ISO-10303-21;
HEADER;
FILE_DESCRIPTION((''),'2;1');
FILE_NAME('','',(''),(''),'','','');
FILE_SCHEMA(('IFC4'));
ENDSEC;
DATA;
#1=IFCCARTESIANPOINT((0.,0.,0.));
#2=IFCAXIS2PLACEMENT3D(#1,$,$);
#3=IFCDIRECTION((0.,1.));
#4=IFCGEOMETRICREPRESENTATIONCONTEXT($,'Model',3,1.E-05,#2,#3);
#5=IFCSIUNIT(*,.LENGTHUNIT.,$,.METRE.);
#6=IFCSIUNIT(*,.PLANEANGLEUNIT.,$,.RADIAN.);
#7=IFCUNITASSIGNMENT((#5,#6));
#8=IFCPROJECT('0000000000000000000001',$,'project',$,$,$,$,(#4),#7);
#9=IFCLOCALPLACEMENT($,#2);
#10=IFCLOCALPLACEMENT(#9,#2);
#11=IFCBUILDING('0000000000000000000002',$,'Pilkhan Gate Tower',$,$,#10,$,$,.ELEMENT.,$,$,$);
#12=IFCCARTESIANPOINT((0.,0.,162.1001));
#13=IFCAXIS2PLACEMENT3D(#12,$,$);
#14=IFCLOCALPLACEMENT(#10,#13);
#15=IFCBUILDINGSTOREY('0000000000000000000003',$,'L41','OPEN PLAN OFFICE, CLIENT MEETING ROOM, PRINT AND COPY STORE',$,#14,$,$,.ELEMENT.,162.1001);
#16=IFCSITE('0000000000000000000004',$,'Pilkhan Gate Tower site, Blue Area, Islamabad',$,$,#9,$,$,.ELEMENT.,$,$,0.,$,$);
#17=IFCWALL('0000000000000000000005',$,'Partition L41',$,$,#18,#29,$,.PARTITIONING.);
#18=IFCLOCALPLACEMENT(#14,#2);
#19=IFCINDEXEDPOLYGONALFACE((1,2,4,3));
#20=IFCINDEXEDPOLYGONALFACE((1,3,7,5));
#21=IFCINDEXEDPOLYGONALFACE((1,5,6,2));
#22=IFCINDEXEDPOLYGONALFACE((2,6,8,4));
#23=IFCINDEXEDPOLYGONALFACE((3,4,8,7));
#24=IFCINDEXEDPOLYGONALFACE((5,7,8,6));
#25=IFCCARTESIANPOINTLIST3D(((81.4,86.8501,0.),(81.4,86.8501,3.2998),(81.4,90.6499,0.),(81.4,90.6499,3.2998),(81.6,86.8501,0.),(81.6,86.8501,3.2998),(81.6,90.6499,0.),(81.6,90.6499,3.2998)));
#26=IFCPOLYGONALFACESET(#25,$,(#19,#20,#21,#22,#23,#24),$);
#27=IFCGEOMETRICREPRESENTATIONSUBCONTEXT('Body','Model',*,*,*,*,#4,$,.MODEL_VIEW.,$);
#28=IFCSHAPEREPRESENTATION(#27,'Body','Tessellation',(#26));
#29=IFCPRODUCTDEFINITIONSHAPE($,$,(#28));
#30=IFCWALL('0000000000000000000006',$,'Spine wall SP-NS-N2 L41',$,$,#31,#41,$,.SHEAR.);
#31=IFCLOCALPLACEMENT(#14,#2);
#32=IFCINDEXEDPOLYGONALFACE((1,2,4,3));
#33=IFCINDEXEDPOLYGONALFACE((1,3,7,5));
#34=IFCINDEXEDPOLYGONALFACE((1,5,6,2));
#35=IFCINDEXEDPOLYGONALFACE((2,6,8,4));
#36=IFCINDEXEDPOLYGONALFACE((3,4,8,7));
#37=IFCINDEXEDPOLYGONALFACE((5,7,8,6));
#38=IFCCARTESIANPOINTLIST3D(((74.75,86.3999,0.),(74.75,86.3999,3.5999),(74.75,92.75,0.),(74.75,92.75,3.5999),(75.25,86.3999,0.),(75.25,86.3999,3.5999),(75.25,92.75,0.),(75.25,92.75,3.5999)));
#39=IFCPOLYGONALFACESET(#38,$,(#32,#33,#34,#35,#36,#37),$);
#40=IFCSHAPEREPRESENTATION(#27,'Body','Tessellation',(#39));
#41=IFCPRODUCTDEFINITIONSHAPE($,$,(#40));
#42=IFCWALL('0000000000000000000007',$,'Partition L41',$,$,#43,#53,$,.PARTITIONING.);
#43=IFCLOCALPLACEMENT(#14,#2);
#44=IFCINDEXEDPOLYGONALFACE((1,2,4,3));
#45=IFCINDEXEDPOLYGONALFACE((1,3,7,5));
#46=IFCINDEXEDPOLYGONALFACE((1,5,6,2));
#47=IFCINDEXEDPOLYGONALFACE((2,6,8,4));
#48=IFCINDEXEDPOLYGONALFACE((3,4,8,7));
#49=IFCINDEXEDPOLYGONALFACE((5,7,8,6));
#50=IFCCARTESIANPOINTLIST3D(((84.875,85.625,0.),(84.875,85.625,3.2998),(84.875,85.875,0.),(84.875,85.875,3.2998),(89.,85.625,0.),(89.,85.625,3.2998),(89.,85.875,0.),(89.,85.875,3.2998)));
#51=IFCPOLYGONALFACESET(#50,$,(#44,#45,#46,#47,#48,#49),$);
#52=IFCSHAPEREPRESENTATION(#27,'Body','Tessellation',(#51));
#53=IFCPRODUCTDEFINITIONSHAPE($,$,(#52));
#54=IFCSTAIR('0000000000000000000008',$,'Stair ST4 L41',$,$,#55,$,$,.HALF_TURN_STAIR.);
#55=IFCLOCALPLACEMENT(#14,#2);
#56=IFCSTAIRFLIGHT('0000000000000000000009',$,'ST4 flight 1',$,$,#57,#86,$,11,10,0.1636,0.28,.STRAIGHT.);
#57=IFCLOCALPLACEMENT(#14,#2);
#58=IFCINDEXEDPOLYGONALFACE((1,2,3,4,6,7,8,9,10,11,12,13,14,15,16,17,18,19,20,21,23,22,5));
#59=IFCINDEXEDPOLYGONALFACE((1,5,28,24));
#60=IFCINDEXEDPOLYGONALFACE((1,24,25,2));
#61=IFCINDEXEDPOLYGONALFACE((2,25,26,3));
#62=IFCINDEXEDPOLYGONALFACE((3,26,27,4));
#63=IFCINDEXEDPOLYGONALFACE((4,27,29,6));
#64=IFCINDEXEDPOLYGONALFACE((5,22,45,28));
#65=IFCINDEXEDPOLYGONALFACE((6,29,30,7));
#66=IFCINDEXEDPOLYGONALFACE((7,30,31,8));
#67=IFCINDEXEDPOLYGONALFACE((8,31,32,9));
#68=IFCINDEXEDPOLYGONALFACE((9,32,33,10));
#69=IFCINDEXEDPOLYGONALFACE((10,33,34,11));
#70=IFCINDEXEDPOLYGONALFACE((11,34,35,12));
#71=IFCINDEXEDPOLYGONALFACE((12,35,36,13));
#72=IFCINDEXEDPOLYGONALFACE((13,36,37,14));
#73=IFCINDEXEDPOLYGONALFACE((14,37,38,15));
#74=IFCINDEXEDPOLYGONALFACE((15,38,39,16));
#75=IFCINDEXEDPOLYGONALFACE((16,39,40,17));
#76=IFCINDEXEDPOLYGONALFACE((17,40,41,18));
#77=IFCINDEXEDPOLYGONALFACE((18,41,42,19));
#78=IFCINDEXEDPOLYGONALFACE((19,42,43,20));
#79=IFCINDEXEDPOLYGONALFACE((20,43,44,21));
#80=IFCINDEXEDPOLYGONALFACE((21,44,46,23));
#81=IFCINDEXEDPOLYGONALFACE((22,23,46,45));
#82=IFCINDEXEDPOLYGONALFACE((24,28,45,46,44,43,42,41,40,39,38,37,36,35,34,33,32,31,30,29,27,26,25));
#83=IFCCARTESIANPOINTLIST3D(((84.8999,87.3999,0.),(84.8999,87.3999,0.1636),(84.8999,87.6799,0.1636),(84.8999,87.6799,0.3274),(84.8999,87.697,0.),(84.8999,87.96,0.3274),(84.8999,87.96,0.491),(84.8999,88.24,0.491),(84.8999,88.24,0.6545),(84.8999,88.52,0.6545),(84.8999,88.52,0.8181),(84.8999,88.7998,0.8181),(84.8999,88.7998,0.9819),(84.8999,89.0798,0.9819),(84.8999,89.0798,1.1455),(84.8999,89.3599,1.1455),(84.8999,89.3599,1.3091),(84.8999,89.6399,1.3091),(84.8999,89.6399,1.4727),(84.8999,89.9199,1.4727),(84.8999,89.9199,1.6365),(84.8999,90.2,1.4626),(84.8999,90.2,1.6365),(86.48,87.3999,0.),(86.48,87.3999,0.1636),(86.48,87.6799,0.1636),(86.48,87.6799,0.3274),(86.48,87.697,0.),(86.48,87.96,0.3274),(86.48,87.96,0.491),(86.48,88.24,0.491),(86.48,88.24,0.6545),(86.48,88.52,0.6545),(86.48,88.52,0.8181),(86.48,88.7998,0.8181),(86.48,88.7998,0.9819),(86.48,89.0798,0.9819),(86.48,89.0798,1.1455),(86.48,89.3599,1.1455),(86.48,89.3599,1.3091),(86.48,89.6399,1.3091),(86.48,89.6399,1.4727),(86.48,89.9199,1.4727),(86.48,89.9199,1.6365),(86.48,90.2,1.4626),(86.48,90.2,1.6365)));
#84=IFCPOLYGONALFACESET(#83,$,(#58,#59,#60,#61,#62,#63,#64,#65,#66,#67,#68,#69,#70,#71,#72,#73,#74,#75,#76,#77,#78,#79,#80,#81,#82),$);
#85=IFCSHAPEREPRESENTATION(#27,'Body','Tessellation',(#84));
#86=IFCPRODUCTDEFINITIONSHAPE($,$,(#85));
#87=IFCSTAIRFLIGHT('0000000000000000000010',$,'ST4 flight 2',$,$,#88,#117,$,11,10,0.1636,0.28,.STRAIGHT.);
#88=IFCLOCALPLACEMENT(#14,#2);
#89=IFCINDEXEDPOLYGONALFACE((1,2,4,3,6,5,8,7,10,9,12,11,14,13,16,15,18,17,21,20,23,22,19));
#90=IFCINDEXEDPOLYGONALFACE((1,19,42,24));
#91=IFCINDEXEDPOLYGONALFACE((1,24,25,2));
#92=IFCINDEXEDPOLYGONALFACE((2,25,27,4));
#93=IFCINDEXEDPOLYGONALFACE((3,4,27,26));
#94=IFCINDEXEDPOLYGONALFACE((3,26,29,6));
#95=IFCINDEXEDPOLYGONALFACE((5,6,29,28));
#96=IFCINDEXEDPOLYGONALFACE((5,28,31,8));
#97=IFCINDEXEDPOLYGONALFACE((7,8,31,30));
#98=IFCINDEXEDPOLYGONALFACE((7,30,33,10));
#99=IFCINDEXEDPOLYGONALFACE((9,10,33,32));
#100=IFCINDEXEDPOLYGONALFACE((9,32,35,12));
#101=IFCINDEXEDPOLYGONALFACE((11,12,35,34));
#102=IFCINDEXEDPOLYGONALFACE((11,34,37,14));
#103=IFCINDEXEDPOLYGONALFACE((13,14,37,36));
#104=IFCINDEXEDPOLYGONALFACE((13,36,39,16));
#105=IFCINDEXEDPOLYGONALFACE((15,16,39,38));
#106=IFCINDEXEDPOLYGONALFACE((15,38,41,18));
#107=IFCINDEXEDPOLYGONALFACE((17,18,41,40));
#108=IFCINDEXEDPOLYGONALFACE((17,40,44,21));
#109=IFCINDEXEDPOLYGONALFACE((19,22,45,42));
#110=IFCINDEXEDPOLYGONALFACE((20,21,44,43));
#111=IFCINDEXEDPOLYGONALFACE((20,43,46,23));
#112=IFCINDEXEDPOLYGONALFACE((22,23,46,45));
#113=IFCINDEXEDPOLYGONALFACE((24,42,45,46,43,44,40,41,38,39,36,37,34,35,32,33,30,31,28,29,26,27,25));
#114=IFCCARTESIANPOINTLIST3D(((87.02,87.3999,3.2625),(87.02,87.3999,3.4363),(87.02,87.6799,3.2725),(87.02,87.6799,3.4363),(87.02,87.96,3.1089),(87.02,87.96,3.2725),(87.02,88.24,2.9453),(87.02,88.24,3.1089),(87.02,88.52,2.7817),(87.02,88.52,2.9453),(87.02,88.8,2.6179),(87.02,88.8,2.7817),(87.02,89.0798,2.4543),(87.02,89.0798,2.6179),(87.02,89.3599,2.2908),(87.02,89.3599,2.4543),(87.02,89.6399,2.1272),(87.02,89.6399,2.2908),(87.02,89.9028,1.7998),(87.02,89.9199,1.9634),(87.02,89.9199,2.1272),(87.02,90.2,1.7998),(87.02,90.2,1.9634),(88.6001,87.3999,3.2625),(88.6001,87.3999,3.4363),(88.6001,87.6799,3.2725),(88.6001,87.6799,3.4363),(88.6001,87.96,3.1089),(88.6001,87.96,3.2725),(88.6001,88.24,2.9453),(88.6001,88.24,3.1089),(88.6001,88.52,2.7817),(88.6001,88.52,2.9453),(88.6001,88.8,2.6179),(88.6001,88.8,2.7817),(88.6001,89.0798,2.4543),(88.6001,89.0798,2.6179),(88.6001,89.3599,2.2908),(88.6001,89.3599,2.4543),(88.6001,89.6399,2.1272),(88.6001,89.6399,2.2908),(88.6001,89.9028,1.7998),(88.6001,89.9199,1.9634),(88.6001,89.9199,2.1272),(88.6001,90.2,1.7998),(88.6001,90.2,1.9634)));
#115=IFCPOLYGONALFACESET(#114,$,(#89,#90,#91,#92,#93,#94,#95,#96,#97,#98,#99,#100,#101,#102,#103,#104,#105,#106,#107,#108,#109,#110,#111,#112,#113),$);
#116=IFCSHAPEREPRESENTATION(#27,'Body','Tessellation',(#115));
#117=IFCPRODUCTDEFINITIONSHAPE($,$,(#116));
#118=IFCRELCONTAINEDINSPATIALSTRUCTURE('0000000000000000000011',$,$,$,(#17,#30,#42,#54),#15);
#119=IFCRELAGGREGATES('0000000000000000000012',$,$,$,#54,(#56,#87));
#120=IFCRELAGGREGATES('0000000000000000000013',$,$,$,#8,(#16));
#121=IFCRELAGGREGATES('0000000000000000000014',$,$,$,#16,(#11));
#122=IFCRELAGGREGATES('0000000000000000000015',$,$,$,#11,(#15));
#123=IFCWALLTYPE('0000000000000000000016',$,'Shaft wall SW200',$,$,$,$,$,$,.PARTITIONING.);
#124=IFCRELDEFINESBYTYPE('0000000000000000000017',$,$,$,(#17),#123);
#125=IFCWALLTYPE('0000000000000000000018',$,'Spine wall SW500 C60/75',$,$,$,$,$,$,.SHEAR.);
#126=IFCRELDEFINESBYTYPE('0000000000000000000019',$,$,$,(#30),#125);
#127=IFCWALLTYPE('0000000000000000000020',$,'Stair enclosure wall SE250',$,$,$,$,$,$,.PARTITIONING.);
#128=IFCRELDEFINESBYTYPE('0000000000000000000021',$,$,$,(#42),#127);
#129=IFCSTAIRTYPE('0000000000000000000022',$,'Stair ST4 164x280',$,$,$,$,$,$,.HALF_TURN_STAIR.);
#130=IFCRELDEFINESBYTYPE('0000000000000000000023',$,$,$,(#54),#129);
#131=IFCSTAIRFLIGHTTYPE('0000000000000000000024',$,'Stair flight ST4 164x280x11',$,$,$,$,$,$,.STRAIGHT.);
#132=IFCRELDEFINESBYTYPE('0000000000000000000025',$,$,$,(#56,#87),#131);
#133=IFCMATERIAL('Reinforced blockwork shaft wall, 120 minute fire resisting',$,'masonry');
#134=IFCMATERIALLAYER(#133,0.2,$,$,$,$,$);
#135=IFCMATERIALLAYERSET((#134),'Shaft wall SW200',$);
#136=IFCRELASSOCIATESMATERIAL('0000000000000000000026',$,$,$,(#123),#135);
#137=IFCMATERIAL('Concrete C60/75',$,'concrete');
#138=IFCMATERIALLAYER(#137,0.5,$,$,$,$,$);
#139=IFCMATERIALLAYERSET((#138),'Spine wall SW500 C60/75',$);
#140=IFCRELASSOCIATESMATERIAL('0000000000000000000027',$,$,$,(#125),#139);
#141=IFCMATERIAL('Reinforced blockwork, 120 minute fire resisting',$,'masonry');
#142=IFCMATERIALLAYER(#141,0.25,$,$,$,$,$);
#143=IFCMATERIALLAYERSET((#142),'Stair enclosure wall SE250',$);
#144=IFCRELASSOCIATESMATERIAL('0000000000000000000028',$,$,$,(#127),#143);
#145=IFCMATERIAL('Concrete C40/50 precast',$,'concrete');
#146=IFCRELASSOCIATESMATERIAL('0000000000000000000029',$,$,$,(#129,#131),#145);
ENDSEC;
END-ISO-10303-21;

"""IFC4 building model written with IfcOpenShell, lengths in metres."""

from ifc_helpers import new_model, si_unit, direction, frame, frame_2d, origin, place, context, subcontext, project, spatial, polyline, rectangle, outline, extrude, material, layer, layer_set, type_object, element, aggregate, save


model = new_model("IFC4")

# Units and contexts
model_context = context("Model", 3, precision=1e-05, world=origin(), true_north=direction((0.0, 1.0)))
body_context = subcontext(model_context, "Body", "Model", "MODEL_VIEW")
ifc_project = project(units=[si_unit("LENGTHUNIT", "METRE"), si_unit("PLANEANGLEUNIT", "RADIAN")], contexts=[model_context])

# Site, building, storey
site_placement = place(None, origin())
site = spatial("IfcSite", under=ifc_project, at=site_placement, Name="Pilkhan Gate Tower site, Blue Area, Islamabad", CompositionType="ELEMENT", RefElevation=0.0)
building_placement = place(site_placement, origin())
building = spatial("IfcBuilding", under=site, at=building_placement, Name="Pilkhan Gate Tower", CompositionType="ELEMENT")
storey_placement = place(building_placement, frame((0.0, 0.0, 162.1001)))
storey = spatial("IfcBuildingStorey", under=building, at=storey_placement, Name="L41", Description="OPEN PLAN OFFICE, CLIENT MEETING ROOM, PRINT AND COPY STORE", CompositionType="ELEMENT", Elevation=162.1001)

# Shared definitions
ifc_material_1 = material(Name="Reinforced blockwork shaft wall, 120 minute fire resisting", Category="masonry")
ifc_layer_1 = layer(ifc_material_1, 0.2)
ifc_layer_set_1 = layer_set([ifc_layer_1], Name="Shaft wall SW200")
wall_type_1 = type_object("IfcWallType", Name="Shaft wall SW200", PredefinedType="PARTITIONING", material=ifc_layer_set_1)

# Walls
for number, where, z_axis, x_axis, name in (
    (1, (81.5, 86.8501, 0.0), (0.0, 0.0, 1.0), (0.0, 1.0, 0.0), "Partition L41"),
):
    element("IfcWall", number, at=place(storey_placement, frame(where, z_axis=z_axis, x_axis=x_axis)), inside=storey, type_object=wall_type_1, Name=name, PredefinedType="PARTITIONING", context=body_context, shape_type="SweptSolid", body=[
        extrude(rectangle(XDim=3.7998, YDim=0.2, at=frame_2d((1.8999, 0.0))), origin(), (0.0, 0.0, 1.0), 3.2998),
    ])
ifc_material_2 = material(Name="Concrete C60/75", Category="concrete")
ifc_layer_2 = layer(ifc_material_2, 0.5)
ifc_layer_set_2 = layer_set([ifc_layer_2], Name="Spine wall SW500 C60/75")
wall_type_2 = type_object("IfcWallType", Name="Spine wall SW500 C60/75", PredefinedType="SHEAR", material=ifc_layer_set_2)
wall_1_placement = place(storey_placement, frame((75.0, 86.3999, 0.0), z_axis=(0.0, 0.0, 1.0), x_axis=(0.0, 1.0, 0.0)))
element("IfcWall", 2, at=wall_1_placement, inside=storey, type_object=wall_type_2, Name="Spine wall SP-NS-N2 L41", PredefinedType="SHEAR", context=body_context, shape_type="SweptSolid", body=[
    extrude(rectangle(XDim=6.3501, YDim=0.5, at=frame_2d((3.175, 0.0))), origin(), (0.0, 0.0, 1.0), 3.5999),
])
ifc_material_3 = material(Name="Reinforced blockwork, 120 minute fire resisting", Category="masonry")
ifc_layer_3 = layer(ifc_material_3, 0.25)
ifc_layer_set_3 = layer_set([ifc_layer_3], Name="Stair enclosure wall SE250")
wall_type_3 = type_object("IfcWallType", Name="Stair enclosure wall SE250", PredefinedType="PARTITIONING", material=ifc_layer_set_3)
wall_2_placement = place(storey_placement, frame((84.875, 85.75, 0.0), z_axis=(0.0, 0.0, 1.0), x_axis=(1.0, 0.0, 0.0)))
element("IfcWall", 3, at=wall_2_placement, inside=storey, type_object=wall_type_3, Name="Partition L41", PredefinedType="PARTITIONING", context=body_context, shape_type="SweptSolid", body=[
    extrude(rectangle(XDim=4.125, YDim=0.25, at=frame_2d((2.0625, 0.0))), origin(), (0.0, 0.0, 1.0), 3.2998),
])

# Stair, stair flights
ifc_material_4 = material(Name="Concrete C40/50 precast", Category="concrete")
stair_type = type_object("IfcStairType", Name="Stair ST4 164x280", PredefinedType="HALF_TURN_STAIR", material=ifc_material_4)
stair_placement = place(storey_placement, origin())
stair = element("IfcStair", 4, at=stair_placement, inside=storey, type_object=stair_type, Name="Stair ST4 L41", PredefinedType="HALF_TURN_STAIR")
stair_flight_type = type_object("IfcStairFlightType", Name="Stair flight ST4 164x280x11", PredefinedType="STRAIGHT", material=ifc_material_4)
stair_flight_1_placement = place(storey_placement, frame((85.6899, 87.3999, 0.0), z_axis=(0.0, 0.0, 1.0), x_axis=(0.0, 1.0, 0.0)))
stair_flight_1 = element("IfcStairFlight", 5, at=stair_flight_1_placement, type_object=stair_flight_type, Name="ST4 flight 1", NumberOfRisers=11, NumberOfTreads=10, PredefinedType="STRAIGHT", RiserHeight=0.1636, TreadLength=0.28, context=body_context, shape_type="SweptSolid", body=[
    extrude(outline(polyline([(0.0, 0.0), (0.0, 0.1636), (0.28, 0.1636), (0.28, 0.3274), (0.5601, 0.3274), (0.5601, 0.491), (0.8401, 0.491), (0.8401, 0.6545), (1.1201, 0.6545), (1.1201, 0.8181), (1.3999, 0.8181), (1.3999, 0.9819), (1.6799, 0.9819), (1.6799, 1.1455), (1.96, 1.1455), (1.96, 1.3091), (2.24, 1.3091), (2.24, 1.4727), (2.52, 1.4727), (2.52, 1.6365), (2.8, 1.6365), (2.8, 1.8), (2.8, 1.4626), (0.2971, 0.0), (0.0, 0.0)])), frame((0.0, 0.79, 0.0), z_axis=(0.0, -1.0, 0.0), x_axis=(1.0, 0.0, 0.0)), (0.0, 0.0, 1.0), 1.5801),
])
stair_flight_2_placement = place(storey_placement, frame((87.8101, 90.2, 1.7998), z_axis=(0.0, 0.0, 1.0), x_axis=(0.0, -1.0, 0.0)))
stair_flight_2 = element("IfcStairFlight", 6, at=stair_flight_2_placement, type_object=stair_flight_type, Name="ST4 flight 2", NumberOfRisers=11, NumberOfTreads=10, PredefinedType="STRAIGHT", RiserHeight=0.1636, TreadLength=0.28, context=body_context, shape_type="SweptSolid", body=[
    extrude(outline(polyline([(0.0, 0.0), (0.0, 0.1636), (0.28, 0.1636), (0.28, 0.3274), (0.5601, 0.3274), (0.5601, 0.491), (0.8401, 0.491), (0.8401, 0.6545), (1.1201, 0.6545), (1.1201, 0.8181), (1.3999, 0.8181), (1.3999, 0.9819), (1.6799, 0.9819), (1.6799, 1.1455), (1.96, 1.1455), (1.96, 1.3091), (2.24, 1.3091), (2.24, 1.4727), (2.52, 1.4727), (2.52, 1.6365), (2.8, 1.6365), (2.8, 1.8), (2.8, 1.4626), (0.2971, 0.0), (0.0, 0.0)])), frame((0.0, 0.79, 0.0), z_axis=(0.0, -1.0, 0.0), x_axis=(1.0, 0.0, 0.0)), (0.0, 0.0, 1.0), 1.5801),
])
aggregate(stair, [stair_flight_1, stair_flight_2])

save(model, "model.ifc")
